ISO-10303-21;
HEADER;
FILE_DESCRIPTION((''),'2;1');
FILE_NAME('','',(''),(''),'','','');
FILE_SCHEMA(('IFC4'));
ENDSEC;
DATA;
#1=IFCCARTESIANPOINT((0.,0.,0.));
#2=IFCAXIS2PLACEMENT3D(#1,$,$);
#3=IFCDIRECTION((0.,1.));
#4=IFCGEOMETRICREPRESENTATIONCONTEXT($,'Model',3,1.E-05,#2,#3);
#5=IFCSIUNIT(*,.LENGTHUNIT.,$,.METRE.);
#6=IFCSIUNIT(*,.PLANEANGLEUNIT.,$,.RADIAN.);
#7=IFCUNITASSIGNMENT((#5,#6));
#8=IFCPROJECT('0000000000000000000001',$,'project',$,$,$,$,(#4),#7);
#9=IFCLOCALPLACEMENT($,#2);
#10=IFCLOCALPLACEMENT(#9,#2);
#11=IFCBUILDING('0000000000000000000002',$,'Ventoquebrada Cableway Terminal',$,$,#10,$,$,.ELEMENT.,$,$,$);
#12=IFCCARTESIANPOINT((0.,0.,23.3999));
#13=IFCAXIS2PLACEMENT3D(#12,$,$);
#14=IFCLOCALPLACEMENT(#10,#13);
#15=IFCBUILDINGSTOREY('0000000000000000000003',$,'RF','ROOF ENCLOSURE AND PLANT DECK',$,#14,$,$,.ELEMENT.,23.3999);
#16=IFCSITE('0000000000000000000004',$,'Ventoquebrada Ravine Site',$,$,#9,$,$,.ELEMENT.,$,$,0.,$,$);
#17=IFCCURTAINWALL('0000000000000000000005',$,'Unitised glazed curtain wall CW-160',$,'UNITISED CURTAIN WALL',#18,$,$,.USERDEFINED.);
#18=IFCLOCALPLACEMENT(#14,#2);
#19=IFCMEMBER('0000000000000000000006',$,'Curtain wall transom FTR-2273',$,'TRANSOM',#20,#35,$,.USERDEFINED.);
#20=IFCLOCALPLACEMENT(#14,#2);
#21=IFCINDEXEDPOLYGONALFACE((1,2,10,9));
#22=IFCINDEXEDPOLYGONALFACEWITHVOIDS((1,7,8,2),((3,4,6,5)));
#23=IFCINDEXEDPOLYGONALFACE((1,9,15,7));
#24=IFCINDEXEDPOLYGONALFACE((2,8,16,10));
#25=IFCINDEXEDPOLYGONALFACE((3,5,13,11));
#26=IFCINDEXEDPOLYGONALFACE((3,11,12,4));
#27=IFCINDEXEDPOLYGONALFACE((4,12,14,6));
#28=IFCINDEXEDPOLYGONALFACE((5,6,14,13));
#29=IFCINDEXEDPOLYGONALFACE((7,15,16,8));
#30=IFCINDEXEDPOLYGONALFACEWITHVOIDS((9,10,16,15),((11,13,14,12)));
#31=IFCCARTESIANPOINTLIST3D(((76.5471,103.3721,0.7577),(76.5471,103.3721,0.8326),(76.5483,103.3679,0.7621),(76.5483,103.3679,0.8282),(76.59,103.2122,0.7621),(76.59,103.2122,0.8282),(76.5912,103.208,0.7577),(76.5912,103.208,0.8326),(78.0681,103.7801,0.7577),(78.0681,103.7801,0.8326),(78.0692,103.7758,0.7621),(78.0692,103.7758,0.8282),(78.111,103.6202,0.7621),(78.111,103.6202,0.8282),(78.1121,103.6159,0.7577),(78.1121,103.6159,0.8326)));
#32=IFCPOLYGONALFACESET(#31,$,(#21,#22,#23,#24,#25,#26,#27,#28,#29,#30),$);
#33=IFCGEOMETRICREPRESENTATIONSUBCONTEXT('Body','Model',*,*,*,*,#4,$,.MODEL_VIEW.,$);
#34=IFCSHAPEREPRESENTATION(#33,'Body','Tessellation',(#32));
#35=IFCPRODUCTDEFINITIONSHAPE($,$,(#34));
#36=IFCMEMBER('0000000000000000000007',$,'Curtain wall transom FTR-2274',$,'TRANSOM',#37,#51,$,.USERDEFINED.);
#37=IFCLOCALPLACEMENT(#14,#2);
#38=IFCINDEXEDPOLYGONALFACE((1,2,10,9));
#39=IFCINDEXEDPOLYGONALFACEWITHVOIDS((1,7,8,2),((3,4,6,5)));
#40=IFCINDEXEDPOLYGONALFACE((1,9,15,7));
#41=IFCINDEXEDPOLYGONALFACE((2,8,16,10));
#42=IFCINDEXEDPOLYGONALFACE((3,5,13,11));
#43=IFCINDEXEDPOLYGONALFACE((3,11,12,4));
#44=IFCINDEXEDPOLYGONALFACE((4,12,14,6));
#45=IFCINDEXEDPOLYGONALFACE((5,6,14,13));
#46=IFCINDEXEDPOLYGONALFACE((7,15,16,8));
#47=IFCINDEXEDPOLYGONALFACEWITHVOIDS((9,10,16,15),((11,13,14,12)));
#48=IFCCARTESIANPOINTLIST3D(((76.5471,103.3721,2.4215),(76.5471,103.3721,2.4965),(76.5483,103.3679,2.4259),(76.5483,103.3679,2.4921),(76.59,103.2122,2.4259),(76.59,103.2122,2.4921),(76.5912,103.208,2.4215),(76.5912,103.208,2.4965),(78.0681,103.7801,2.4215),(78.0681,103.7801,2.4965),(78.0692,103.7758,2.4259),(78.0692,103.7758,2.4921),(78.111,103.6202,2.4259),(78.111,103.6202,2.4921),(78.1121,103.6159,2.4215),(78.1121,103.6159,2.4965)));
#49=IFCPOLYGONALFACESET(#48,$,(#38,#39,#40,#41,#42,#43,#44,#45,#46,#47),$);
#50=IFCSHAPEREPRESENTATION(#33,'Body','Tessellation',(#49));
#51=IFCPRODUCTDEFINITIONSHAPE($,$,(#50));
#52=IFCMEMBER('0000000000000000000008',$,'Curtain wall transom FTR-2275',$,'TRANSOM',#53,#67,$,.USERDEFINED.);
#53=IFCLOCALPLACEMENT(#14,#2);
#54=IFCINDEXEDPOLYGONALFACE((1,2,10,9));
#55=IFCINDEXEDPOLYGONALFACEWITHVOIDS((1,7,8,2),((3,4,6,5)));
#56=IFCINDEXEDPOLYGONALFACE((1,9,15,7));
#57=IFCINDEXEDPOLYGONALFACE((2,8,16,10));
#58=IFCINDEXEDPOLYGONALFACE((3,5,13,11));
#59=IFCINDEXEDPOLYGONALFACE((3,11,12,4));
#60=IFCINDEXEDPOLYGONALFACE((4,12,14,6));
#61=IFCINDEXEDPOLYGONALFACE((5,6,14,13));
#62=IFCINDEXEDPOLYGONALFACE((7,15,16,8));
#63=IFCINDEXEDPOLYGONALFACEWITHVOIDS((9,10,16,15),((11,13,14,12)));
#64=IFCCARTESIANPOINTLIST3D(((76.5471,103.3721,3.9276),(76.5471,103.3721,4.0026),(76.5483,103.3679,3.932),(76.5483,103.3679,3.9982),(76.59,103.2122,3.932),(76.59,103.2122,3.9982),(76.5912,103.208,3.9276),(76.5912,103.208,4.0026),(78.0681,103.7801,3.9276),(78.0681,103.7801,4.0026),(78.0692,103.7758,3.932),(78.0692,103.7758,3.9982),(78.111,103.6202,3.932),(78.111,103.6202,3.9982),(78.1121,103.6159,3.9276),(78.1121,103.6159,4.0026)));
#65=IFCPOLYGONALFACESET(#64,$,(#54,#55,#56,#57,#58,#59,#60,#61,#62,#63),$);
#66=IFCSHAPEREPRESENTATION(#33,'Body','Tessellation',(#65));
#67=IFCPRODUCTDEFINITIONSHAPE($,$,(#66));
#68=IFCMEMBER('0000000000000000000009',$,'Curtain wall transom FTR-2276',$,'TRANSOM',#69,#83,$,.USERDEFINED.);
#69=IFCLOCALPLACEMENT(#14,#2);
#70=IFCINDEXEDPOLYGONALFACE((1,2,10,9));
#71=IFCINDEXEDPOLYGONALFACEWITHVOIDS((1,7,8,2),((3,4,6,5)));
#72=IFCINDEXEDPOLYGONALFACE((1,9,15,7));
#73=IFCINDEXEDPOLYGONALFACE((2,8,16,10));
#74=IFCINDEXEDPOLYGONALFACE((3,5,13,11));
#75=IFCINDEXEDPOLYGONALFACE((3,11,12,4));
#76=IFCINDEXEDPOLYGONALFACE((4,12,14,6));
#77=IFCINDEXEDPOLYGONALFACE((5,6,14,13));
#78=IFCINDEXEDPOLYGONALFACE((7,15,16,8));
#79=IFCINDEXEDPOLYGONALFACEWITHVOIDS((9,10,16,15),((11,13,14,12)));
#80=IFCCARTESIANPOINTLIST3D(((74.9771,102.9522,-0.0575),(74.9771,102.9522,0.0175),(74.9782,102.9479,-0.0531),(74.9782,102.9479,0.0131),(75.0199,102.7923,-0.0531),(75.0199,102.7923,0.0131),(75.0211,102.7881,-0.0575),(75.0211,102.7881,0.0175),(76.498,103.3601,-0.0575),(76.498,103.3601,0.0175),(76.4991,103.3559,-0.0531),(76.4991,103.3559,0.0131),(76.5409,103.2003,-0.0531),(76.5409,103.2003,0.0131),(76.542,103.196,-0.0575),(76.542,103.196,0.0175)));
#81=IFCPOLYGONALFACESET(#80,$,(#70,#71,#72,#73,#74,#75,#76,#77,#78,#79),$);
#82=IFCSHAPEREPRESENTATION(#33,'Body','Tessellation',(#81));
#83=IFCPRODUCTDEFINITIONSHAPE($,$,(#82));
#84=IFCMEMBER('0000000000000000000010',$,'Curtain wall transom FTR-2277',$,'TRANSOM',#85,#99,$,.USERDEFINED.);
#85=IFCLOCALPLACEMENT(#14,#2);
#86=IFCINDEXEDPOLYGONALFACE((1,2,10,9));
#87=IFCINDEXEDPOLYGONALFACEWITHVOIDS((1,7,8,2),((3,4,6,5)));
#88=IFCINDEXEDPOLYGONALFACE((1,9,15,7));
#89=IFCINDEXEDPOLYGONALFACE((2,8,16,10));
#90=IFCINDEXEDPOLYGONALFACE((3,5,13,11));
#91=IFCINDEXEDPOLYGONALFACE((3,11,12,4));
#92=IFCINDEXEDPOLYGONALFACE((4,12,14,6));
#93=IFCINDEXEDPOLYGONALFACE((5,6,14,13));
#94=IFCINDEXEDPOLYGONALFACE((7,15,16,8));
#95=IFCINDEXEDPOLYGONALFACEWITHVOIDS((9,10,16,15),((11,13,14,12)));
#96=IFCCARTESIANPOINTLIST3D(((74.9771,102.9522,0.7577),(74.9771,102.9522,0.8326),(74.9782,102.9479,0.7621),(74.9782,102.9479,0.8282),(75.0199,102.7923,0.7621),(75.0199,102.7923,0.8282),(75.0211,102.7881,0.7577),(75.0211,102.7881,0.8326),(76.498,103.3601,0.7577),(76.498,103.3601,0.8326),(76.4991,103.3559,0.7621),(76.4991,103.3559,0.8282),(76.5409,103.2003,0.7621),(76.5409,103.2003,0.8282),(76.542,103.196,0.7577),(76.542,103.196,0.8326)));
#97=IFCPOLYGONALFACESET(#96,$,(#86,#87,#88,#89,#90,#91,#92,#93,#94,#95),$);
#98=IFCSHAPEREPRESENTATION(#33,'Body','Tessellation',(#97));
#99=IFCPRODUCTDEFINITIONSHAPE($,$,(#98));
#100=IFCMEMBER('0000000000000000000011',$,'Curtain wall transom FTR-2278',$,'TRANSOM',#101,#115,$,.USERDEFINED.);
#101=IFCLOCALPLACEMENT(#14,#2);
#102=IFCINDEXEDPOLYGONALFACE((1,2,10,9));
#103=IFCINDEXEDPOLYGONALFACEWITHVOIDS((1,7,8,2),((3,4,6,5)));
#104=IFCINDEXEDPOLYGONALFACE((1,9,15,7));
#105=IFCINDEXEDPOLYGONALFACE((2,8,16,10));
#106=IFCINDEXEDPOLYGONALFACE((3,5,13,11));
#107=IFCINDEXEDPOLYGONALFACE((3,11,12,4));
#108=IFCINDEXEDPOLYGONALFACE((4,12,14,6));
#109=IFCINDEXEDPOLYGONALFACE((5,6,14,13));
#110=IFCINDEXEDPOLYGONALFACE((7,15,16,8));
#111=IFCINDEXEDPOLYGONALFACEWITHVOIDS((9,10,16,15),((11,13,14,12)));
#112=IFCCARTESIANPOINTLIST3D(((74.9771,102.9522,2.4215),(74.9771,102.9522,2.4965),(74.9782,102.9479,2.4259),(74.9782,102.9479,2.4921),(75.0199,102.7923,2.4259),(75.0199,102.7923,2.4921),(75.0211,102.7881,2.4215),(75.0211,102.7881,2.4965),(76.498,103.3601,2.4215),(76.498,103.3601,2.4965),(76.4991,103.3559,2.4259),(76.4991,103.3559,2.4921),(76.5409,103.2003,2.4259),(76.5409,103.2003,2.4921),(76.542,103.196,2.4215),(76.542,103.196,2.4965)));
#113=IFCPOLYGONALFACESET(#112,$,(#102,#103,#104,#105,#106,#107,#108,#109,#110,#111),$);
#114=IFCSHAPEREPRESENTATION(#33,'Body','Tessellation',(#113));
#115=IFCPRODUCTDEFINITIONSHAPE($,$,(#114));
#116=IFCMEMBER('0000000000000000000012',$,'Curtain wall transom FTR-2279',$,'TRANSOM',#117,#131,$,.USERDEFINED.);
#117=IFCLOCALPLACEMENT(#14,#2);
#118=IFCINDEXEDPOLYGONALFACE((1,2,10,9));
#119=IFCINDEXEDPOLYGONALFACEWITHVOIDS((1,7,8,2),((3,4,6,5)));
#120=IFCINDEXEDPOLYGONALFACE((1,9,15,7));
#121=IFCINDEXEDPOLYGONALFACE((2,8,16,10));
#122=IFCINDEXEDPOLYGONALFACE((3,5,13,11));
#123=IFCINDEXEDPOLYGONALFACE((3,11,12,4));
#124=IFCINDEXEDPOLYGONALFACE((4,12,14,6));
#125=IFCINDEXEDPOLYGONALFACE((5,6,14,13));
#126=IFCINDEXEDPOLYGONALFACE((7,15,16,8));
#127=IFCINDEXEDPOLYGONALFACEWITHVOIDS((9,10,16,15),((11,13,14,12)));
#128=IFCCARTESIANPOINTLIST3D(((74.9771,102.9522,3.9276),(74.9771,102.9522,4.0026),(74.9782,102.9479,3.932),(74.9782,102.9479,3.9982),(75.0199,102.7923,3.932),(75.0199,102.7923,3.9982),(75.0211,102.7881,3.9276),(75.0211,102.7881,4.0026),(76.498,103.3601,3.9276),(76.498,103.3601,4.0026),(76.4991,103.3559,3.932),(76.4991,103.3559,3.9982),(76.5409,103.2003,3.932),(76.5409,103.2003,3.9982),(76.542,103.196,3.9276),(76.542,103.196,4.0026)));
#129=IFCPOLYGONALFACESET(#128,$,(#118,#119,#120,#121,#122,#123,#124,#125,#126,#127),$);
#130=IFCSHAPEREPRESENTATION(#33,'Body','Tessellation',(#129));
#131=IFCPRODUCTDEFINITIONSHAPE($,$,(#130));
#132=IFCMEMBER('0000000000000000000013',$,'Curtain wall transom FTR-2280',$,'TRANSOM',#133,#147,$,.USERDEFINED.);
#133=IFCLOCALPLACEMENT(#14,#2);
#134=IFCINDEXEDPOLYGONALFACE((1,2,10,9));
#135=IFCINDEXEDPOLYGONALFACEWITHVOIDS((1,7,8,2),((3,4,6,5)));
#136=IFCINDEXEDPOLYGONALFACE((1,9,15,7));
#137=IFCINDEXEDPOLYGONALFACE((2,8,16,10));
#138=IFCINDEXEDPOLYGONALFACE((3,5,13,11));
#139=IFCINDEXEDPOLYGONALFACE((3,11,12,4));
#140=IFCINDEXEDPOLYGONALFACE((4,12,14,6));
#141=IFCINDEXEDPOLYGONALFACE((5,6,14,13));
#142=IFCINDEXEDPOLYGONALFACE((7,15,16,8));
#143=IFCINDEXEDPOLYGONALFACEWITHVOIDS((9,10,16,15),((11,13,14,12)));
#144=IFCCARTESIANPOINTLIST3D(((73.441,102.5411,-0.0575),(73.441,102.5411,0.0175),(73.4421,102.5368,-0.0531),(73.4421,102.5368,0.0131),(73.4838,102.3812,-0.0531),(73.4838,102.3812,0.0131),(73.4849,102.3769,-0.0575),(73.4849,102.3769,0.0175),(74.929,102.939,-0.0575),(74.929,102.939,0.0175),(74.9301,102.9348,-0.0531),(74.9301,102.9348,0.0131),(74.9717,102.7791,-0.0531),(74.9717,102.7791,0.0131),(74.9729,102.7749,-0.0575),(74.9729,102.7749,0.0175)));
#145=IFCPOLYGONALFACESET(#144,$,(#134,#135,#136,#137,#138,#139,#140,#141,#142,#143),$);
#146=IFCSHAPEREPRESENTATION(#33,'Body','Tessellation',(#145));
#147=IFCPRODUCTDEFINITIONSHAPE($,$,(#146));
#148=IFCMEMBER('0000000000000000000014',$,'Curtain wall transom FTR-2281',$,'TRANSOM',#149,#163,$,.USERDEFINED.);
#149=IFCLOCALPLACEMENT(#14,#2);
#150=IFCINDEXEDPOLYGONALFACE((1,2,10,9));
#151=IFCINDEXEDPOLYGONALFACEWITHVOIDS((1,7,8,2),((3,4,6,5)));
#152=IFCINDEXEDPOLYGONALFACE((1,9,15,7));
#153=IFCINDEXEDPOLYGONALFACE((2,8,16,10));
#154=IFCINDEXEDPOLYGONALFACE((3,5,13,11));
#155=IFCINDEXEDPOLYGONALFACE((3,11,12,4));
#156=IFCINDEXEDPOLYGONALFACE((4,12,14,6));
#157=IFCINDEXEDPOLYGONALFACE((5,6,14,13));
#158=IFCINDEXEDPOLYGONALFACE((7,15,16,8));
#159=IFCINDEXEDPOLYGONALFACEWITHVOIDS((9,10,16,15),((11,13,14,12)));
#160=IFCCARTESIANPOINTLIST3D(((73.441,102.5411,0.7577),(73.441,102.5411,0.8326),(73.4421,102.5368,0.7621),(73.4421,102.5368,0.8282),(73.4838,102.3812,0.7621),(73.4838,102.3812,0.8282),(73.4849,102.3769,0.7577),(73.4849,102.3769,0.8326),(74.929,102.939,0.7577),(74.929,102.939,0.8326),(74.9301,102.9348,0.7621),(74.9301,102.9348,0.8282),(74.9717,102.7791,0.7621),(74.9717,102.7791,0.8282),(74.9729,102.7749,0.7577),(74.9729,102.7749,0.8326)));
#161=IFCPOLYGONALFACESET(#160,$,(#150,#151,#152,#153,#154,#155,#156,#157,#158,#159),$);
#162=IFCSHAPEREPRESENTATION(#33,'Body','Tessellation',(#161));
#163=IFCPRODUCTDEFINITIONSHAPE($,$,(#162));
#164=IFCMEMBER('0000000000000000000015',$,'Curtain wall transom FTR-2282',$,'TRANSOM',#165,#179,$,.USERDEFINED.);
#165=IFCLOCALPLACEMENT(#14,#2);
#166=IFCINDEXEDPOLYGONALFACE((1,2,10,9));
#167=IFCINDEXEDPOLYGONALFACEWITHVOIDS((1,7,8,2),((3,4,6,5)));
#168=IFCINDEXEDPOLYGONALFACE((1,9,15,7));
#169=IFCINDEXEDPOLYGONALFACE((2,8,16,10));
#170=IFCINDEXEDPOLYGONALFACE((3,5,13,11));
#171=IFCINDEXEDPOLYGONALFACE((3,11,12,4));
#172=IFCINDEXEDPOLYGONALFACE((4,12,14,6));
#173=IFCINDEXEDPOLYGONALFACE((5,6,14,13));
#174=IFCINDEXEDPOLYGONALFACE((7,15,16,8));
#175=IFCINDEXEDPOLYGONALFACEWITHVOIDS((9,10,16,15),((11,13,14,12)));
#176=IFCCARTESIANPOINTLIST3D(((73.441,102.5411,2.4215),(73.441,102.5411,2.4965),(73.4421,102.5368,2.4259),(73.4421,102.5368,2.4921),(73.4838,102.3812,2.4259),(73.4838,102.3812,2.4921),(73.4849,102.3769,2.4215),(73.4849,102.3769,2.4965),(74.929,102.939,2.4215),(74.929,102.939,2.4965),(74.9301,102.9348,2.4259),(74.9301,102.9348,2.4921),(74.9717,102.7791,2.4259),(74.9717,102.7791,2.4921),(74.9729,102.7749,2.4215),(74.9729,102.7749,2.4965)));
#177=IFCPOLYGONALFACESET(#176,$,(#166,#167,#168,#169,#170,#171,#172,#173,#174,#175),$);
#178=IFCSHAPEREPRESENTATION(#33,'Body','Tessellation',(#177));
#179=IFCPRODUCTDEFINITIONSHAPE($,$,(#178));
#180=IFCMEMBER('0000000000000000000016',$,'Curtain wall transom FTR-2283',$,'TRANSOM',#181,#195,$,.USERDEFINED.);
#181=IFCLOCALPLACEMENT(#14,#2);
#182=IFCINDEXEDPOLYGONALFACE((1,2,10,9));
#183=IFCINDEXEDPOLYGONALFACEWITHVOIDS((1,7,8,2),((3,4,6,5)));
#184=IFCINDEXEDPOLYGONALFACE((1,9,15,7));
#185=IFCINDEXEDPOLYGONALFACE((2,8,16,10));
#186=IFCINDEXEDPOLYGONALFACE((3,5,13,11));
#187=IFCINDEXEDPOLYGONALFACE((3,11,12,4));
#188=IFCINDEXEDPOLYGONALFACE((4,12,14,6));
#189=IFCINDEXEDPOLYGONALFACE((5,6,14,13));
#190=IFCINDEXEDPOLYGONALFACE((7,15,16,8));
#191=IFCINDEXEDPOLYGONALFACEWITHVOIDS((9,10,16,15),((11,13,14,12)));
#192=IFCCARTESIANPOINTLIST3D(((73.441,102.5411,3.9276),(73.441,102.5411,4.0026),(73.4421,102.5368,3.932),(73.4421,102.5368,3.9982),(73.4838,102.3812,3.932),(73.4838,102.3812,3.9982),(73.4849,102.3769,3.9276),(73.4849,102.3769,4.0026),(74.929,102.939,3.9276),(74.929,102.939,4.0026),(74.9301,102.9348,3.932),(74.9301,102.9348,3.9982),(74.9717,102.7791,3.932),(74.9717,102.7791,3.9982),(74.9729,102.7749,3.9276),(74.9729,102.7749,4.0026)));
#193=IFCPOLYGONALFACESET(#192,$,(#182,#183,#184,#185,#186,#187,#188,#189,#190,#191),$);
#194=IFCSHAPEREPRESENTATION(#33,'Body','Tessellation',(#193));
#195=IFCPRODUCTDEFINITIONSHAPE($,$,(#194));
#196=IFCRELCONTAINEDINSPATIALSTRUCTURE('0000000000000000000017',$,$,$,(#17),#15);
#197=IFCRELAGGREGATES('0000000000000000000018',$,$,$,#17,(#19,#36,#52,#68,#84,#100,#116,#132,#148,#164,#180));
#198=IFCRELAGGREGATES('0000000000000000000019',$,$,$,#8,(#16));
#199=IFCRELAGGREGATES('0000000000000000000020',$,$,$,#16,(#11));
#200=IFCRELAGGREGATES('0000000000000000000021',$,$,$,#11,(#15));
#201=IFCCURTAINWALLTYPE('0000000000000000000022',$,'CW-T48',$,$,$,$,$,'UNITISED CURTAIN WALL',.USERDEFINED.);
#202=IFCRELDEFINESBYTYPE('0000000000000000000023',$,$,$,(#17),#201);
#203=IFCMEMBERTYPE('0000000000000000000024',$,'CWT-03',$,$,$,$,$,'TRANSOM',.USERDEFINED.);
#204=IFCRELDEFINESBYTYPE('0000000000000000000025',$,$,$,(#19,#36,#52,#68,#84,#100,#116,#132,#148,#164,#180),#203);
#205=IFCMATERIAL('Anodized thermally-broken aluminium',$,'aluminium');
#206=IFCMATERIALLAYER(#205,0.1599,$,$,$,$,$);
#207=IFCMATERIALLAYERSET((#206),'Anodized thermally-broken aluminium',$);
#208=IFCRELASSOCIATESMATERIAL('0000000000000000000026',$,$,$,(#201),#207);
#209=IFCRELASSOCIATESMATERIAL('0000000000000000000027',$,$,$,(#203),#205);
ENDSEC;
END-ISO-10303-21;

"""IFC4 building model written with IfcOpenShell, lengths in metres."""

from ifc_helpers import new_model, si_unit, direction, frame, origin, origin_2d, place, context, subcontext, project, spatial, hollow_rectangle, extrude, material, layer, layer_set, material_profile, profile_set, type_object, element, aggregate, save


model = new_model("IFC4")

# Units and contexts
model_context = context("Model", 3, precision=1e-05, world=origin(), true_north=direction((0.0, 1.0)))
body_context = subcontext(model_context, "Body", "Model", "MODEL_VIEW")
ifc_project = project(units=[si_unit("LENGTHUNIT", "METRE"), si_unit("PLANEANGLEUNIT", "RADIAN")], contexts=[model_context])

# Site, building, storey
site_placement = place(None, origin())
site = spatial("IfcSite", under=ifc_project, at=site_placement, Name="Ventoquebrada Ravine Site", CompositionType="ELEMENT", RefElevation=0.0)
building_placement = place(site_placement, origin())
building = spatial("IfcBuilding", under=site, at=building_placement, Name="Ventoquebrada Cableway Terminal", CompositionType="ELEMENT")
storey_placement = place(building_placement, frame((0.0, 0.0, 23.3999)))
storey = spatial("IfcBuildingStorey", under=building, at=storey_placement, Name="RF", Description="ROOF ENCLOSURE AND PLANT DECK", CompositionType="ELEMENT", Elevation=23.3999)

# Curtain wall, members
ifc_material_1 = material(Name="Anodized thermally-broken aluminium", Category="aluminium")
ifc_layer_1 = layer(ifc_material_1, 0.1599)
ifc_layer_set_1 = layer_set([ifc_layer_1], Name="Anodized thermally-broken aluminium")
curtain_wall_type = type_object("IfcCurtainWallType", Name="CW-T48", ElementType="UNITISED CURTAIN WALL", PredefinedType="USERDEFINED", material=ifc_layer_set_1)
curtain_wall_placement = place(storey_placement, origin())
curtain_wall = element("IfcCurtainWall", 1, at=curtain_wall_placement, inside=storey, type_object=curtain_wall_type, Name="Unitised glazed curtain wall CW-160", ObjectType="UNITISED CURTAIN WALL", PredefinedType="USERDEFINED")
ifc_material_profile_1 = material_profile(ifc_material_1, hollow_rectangle(XDim=0.075, YDim=0.1699, WallThickness=0.0044, at=origin_2d()), Name="CW-TRN-75X170")
ifc_profile_set_1 = profile_set([ifc_material_profile_1], Name="Anodized thermally-broken aluminium")
member_type_1 = type_object("IfcMemberType", Name="CWT-03", ElementType="TRANSOM", PredefinedType="USERDEFINED", material=ifc_profile_set_1)
member_1_placement = place(storey_placement, frame((78.0901, 103.698, 0.7952), z_axis=(-0.965861, -0.259062, 0.0), x_axis=(0.0, 0.0, 1.0)))
member_1 = element("IfcMember", 2, at=member_1_placement, type_object=member_type_1, Name="Curtain wall transom FTR-2273", ObjectType="TRANSOM", PredefinedType="USERDEFINED", context=body_context, shape_type="SweptSolid", body=[
    extrude(hollow_rectangle(XDim=0.075, YDim=0.1699, WallThickness=0.0044, at=origin_2d()), origin(), (0.0, 0.0, 1.0), 1.5747),
])
member_2_placement = place(storey_placement, frame((78.0901, 103.698, 2.459), z_axis=(-0.965861, -0.259062, 0.0), x_axis=(0.0, 0.0, 1.0)))
member_2 = element("IfcMember", 3, at=member_2_placement, type_object=member_type_1, Name="Curtain wall transom FTR-2274", ObjectType="TRANSOM", PredefinedType="USERDEFINED", context=body_context, shape_type="SweptSolid", body=[
    extrude(hollow_rectangle(XDim=0.075, YDim=0.1699, WallThickness=0.0044, at=origin_2d()), origin(), (0.0, 0.0, 1.0), 1.5747),
])
member_3_placement = place(storey_placement, frame((78.0901, 103.698, 3.9651), z_axis=(-0.965861, -0.259062, 0.0), x_axis=(0.0, 0.0, 1.0)))
member_3 = element("IfcMember", 4, at=member_3_placement, type_object=member_type_1, Name="Curtain wall transom FTR-2275", ObjectType="TRANSOM", PredefinedType="USERDEFINED", context=body_context, shape_type="SweptSolid", body=[
    extrude(hollow_rectangle(XDim=0.075, YDim=0.1699, WallThickness=0.0044, at=origin_2d()), origin(), (0.0, 0.0, 1.0), 1.5747),
])
member_4_placement = place(storey_placement, frame((76.52, 103.2781, -0.02), z_axis=(-0.965861, -0.259062, 0.0), x_axis=(0.0, 0.0, 1.0)))
member_4 = element("IfcMember", 5, at=member_4_placement, type_object=member_type_1, Name="Curtain wall transom FTR-2276", ObjectType="TRANSOM", PredefinedType="USERDEFINED", context=body_context, shape_type="SweptSolid", body=[
    extrude(hollow_rectangle(XDim=0.075, YDim=0.1699, WallThickness=0.0044, at=origin_2d()), origin(), (0.0, 0.0, 1.0), 1.5747),
])
member_5_placement = place(storey_placement, frame((76.52, 103.2781, 0.7952), z_axis=(-0.965861, -0.259062, 0.0), x_axis=(0.0, 0.0, 1.0)))
member_5 = element("IfcMember", 6, at=member_5_placement, type_object=member_type_1, Name="Curtain wall transom FTR-2277", ObjectType="TRANSOM", PredefinedType="USERDEFINED", context=body_context, shape_type="SweptSolid", body=[
    extrude(hollow_rectangle(XDim=0.075, YDim=0.1699, WallThickness=0.0044, at=origin_2d()), origin(), (0.0, 0.0, 1.0), 1.5747),
])
member_6_placement = place(storey_placement, frame((76.52, 103.2781, 2.459), z_axis=(-0.965861, -0.259062, 0.0), x_axis=(0.0, 0.0, 1.0)))
member_6 = element("IfcMember", 7, at=member_6_placement, type_object=member_type_1, Name="Curtain wall transom FTR-2278", ObjectType="TRANSOM", PredefinedType="USERDEFINED", context=body_context, shape_type="SweptSolid", body=[
    extrude(hollow_rectangle(XDim=0.075, YDim=0.1699, WallThickness=0.0044, at=origin_2d()), origin(), (0.0, 0.0, 1.0), 1.5747),
])
member_7_placement = place(storey_placement, frame((76.52, 103.2781, 3.9651), z_axis=(-0.965861, -0.259062, 0.0), x_axis=(0.0, 0.0, 1.0)))
member_7 = element("IfcMember", 8, at=member_7_placement, type_object=member_type_1, Name="Curtain wall transom FTR-2279", ObjectType="TRANSOM", PredefinedType="USERDEFINED", context=body_context, shape_type="SweptSolid", body=[
    extrude(hollow_rectangle(XDim=0.075, YDim=0.1699, WallThickness=0.0044, at=origin_2d()), origin(), (0.0, 0.0, 1.0), 1.5747),
])
member_8_placement = place(storey_placement, frame((74.9509, 102.8569, -0.02), z_axis=(-0.966051, -0.258353, 0.0), x_axis=(0.0, 0.0, 1.0)))
member_8 = element("IfcMember", 9, at=member_8_placement, type_object=member_type_1, Name="Curtain wall transom FTR-2280", ObjectType="TRANSOM", PredefinedType="USERDEFINED", context=body_context, shape_type="SweptSolid", body=[
    extrude(hollow_rectangle(XDim=0.075, YDim=0.1699, WallThickness=0.0044, at=origin_2d()), origin(), (0.0, 0.0, 1.0), 1.5403),
])
member_9_placement = place(storey_placement, frame((74.9509, 102.8569, 0.7952), z_axis=(-0.966051, -0.258353, 0.0), x_axis=(0.0, 0.0, 1.0)))
member_9 = element("IfcMember", 10, at=member_9_placement, type_object=member_type_1, Name="Curtain wall transom FTR-2281", ObjectType="TRANSOM", PredefinedType="USERDEFINED", context=body_context, shape_type="SweptSolid", body=[
    extrude(hollow_rectangle(XDim=0.075, YDim=0.1699, WallThickness=0.0044, at=origin_2d()), origin(), (0.0, 0.0, 1.0), 1.5403),
])
member_10_placement = place(storey_placement, frame((74.9509, 102.8569, 2.459), z_axis=(-0.966051, -0.258353, 0.0), x_axis=(0.0, 0.0, 1.0)))
member_10 = element("IfcMember", 11, at=member_10_placement, type_object=member_type_1, Name="Curtain wall transom FTR-2282", ObjectType="TRANSOM", PredefinedType="USERDEFINED", context=body_context, shape_type="SweptSolid", body=[
    extrude(hollow_rectangle(XDim=0.075, YDim=0.1699, WallThickness=0.0044, at=origin_2d()), origin(), (0.0, 0.0, 1.0), 1.5403),
])
member_11_placement = place(storey_placement, frame((74.9509, 102.8569, 3.9651), z_axis=(-0.966051, -0.258353, 0.0), x_axis=(0.0, 0.0, 1.0)))
member_11 = element("IfcMember", 12, at=member_11_placement, type_object=member_type_1, Name="Curtain wall transom FTR-2283", ObjectType="TRANSOM", PredefinedType="USERDEFINED", context=body_context, shape_type="SweptSolid", body=[
    extrude(hollow_rectangle(XDim=0.075, YDim=0.1699, WallThickness=0.0044, at=origin_2d()), origin(), (0.0, 0.0, 1.0), 1.5403),
])

aggregate(curtain_wall, [member_1, member_2, member_3, member_4, member_5, member_6, member_7, member_8, member_9, member_10, member_11])

save(model, "model.ifc")
